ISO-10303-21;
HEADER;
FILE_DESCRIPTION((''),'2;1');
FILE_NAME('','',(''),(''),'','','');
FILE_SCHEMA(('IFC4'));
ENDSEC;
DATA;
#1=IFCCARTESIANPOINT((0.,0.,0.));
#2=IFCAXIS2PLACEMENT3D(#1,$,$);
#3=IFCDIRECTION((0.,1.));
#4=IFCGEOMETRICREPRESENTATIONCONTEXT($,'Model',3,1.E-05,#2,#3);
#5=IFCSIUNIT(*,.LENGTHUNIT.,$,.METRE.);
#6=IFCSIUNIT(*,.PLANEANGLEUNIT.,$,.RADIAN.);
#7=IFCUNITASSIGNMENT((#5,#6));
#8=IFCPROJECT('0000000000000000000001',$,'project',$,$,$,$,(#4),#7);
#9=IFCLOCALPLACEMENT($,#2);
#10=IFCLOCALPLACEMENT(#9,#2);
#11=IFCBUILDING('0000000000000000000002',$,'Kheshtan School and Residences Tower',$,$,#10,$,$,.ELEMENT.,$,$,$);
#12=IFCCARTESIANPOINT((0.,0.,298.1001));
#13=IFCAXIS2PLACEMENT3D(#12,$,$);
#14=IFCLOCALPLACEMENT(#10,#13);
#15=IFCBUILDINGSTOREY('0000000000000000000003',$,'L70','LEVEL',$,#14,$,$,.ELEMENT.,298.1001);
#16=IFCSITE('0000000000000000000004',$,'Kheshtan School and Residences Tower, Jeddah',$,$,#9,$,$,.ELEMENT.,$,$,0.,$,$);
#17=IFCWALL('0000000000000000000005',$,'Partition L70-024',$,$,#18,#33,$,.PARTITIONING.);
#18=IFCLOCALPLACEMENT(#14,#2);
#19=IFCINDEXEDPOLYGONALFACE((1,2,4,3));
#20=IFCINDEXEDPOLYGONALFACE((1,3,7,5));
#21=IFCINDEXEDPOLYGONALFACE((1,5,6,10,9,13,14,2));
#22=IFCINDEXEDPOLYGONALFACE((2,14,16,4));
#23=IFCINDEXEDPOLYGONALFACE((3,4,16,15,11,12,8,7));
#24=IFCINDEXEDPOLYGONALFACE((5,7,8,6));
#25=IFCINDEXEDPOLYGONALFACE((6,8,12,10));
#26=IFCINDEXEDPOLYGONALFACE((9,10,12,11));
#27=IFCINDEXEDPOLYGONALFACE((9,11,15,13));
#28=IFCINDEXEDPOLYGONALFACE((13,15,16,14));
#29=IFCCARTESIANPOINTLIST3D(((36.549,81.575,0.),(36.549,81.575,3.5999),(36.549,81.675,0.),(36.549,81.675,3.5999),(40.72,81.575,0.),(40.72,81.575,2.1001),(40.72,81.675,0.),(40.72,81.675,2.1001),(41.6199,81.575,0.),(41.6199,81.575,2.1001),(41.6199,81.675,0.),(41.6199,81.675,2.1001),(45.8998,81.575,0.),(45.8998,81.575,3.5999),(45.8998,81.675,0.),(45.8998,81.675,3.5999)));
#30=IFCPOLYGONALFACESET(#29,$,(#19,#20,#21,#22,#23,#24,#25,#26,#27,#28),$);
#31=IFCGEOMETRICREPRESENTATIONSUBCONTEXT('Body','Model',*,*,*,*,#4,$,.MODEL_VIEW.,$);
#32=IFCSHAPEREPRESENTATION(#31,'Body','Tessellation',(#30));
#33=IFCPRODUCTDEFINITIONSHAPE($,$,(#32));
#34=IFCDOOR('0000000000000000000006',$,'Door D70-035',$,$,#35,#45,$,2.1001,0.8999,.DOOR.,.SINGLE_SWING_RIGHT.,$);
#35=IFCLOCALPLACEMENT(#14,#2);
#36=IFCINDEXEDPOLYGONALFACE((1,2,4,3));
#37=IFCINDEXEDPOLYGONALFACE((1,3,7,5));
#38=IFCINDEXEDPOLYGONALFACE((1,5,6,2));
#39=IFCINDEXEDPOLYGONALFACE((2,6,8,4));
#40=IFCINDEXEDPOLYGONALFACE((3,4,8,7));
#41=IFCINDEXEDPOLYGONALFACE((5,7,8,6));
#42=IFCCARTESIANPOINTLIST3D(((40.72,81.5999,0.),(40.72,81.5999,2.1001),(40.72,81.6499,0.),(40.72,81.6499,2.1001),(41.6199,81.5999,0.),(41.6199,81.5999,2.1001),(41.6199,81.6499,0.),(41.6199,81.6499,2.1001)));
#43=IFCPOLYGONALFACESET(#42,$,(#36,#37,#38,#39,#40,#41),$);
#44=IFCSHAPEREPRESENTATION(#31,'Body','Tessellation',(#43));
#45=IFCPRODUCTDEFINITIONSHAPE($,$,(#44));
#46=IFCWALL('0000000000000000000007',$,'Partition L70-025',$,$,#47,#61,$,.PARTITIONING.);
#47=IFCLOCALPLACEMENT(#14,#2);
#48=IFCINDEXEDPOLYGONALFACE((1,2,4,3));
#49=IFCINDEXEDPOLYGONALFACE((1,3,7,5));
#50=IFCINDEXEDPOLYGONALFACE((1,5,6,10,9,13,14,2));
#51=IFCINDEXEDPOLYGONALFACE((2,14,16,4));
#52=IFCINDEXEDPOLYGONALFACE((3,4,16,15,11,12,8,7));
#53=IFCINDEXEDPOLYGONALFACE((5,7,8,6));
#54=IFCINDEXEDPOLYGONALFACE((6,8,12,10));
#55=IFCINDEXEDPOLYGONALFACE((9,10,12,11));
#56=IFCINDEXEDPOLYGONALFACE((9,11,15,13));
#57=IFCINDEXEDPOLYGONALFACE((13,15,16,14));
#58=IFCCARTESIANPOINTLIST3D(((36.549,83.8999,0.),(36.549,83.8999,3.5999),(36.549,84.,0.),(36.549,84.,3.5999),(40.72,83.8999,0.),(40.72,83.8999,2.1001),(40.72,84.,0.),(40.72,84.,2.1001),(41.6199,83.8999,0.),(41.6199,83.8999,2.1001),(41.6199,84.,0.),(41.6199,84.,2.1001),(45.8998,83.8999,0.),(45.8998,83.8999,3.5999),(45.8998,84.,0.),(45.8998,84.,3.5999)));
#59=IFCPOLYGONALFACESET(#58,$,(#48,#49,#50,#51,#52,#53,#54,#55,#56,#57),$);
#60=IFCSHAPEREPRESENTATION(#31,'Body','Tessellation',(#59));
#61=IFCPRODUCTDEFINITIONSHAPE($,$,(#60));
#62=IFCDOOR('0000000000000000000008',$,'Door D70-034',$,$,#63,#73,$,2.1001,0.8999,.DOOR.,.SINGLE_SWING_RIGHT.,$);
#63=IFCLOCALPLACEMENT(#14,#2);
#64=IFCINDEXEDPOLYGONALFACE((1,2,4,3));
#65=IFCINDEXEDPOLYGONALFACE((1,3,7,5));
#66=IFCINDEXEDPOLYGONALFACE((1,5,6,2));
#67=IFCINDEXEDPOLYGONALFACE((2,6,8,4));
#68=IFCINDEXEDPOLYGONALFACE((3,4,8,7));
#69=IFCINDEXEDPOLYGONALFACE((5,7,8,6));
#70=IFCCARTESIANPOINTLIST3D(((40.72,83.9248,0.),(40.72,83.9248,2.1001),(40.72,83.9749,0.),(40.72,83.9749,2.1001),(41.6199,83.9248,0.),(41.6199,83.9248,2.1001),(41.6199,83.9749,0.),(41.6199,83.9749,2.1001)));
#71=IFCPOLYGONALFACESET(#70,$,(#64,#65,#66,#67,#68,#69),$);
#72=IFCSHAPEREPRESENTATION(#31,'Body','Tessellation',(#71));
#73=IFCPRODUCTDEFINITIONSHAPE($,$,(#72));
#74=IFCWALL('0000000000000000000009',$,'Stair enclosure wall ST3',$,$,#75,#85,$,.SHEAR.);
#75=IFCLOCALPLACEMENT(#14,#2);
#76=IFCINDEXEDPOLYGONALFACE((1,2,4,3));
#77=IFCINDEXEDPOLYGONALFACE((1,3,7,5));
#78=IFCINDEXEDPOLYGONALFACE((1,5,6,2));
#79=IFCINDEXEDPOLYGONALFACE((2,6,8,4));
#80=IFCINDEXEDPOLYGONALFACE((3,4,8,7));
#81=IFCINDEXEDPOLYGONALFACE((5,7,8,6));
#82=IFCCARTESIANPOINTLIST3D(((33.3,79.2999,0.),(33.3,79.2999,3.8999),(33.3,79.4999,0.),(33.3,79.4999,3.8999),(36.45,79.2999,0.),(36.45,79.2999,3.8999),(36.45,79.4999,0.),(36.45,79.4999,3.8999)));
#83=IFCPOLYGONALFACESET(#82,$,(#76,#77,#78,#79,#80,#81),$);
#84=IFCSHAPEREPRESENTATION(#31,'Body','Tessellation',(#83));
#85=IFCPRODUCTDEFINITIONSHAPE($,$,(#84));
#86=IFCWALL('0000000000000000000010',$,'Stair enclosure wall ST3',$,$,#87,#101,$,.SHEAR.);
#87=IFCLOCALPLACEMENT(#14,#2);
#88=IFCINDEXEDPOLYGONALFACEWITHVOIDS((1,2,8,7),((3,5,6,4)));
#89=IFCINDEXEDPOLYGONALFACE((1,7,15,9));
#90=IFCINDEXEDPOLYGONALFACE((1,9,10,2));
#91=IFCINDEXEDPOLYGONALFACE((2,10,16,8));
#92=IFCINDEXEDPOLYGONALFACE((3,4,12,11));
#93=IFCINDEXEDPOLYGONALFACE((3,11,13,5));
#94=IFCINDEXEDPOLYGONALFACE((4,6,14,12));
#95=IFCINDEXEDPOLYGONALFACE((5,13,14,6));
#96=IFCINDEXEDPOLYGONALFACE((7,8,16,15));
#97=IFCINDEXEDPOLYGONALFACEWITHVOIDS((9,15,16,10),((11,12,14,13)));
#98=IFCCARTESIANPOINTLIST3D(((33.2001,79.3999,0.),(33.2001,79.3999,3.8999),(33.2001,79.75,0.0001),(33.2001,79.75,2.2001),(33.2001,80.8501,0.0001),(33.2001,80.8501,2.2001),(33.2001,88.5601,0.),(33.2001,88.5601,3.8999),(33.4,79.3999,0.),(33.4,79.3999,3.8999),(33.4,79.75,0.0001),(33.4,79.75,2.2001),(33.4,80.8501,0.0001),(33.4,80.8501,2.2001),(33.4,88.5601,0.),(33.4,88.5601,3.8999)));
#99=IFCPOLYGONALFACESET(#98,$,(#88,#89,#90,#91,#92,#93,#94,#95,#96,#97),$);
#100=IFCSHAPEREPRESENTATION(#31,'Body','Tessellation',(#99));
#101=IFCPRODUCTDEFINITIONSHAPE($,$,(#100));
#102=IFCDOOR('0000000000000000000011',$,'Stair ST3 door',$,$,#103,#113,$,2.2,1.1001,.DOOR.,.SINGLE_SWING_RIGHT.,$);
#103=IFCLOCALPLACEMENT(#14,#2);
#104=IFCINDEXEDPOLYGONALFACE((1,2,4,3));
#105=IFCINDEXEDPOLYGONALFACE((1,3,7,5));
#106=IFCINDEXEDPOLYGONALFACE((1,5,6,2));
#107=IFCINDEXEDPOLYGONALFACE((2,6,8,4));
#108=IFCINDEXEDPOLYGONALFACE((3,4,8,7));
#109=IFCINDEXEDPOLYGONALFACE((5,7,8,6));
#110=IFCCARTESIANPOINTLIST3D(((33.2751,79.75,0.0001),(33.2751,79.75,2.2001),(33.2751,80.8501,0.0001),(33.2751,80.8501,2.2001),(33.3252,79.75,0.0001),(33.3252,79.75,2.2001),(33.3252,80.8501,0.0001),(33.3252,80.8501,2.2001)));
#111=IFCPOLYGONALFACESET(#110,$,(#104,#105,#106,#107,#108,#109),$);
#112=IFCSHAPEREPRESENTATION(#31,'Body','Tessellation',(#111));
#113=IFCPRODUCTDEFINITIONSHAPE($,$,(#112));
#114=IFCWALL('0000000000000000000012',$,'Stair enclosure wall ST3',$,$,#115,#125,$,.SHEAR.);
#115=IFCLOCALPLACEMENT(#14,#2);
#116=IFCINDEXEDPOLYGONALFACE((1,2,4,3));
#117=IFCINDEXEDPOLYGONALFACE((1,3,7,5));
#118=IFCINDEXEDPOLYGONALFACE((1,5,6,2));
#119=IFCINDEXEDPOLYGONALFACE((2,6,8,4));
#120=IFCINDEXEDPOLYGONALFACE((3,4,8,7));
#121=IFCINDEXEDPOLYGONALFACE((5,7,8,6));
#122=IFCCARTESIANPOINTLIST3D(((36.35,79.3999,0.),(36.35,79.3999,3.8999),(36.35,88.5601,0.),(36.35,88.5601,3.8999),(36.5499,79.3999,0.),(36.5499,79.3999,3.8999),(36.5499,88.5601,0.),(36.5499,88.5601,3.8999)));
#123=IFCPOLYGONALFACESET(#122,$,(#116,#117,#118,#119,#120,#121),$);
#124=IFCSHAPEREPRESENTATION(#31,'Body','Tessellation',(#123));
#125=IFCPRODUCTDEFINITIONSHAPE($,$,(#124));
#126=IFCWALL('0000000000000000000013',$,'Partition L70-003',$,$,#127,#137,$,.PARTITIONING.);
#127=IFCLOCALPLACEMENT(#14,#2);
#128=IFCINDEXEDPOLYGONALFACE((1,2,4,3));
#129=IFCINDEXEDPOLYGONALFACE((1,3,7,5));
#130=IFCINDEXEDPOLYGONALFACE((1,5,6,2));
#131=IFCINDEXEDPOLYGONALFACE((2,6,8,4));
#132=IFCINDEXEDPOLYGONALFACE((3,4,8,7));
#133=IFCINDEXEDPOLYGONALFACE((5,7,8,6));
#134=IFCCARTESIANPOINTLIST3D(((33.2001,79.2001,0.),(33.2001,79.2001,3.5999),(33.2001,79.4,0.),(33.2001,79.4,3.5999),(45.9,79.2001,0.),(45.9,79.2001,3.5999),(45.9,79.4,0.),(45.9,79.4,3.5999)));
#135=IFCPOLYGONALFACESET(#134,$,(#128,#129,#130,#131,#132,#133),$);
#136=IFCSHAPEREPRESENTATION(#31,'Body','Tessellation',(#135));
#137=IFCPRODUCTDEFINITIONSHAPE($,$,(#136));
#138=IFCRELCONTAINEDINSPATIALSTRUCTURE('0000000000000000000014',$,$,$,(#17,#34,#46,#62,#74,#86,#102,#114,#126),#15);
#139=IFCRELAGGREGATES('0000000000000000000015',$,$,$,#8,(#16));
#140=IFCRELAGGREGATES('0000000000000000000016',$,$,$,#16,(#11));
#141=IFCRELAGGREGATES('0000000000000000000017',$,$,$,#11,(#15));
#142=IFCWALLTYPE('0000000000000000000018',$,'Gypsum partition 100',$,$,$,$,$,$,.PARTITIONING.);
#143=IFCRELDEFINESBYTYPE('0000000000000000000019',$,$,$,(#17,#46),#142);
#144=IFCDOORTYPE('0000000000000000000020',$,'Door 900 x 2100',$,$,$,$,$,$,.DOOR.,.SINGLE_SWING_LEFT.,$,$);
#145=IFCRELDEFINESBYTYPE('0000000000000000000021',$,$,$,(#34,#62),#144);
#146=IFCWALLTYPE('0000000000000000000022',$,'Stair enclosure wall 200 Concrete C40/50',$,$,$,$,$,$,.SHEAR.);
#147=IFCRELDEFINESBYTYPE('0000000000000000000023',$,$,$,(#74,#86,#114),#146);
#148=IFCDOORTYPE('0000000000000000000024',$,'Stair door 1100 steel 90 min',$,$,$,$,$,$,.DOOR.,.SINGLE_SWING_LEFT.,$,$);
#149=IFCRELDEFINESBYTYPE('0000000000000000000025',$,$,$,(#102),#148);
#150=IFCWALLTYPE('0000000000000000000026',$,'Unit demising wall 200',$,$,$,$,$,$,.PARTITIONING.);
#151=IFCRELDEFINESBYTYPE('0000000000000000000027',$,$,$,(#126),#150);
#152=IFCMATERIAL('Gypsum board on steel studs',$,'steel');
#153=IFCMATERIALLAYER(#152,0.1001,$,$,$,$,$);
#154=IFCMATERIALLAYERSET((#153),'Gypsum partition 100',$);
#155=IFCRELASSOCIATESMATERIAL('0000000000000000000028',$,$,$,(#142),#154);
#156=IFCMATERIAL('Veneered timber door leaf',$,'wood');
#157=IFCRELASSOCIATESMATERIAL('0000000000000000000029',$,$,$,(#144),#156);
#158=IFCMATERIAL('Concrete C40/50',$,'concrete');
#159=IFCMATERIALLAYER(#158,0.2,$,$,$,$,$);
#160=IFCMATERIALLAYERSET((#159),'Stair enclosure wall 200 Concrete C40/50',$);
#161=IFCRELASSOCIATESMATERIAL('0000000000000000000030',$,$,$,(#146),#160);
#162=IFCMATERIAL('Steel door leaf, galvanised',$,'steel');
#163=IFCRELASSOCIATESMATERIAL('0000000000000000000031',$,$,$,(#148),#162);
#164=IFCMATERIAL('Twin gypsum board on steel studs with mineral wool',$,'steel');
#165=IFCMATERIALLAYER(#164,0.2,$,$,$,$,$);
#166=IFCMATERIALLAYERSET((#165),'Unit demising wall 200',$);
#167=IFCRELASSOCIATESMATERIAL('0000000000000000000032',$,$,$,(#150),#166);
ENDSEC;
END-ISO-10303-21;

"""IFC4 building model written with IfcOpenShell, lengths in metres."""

from ifc_helpers import new_model, si_unit, direction, frame, frame_2d, origin, place, context, subcontext, project, spatial, rectangle, extrude, source, transform, mapped, material, layer, layer_set, type_object, element, fill, save


model = new_model("IFC4")

# Units and contexts
model_context = context("Model", 3, precision=1e-05, world=origin(), true_north=direction((0.0, 1.0)))
body_context = subcontext(model_context, "Body", "Model", "MODEL_VIEW")
ifc_project = project(units=[si_unit("LENGTHUNIT", "METRE"), si_unit("PLANEANGLEUNIT", "RADIAN")], contexts=[model_context])

# Site, building, storey
site_placement = place(None, origin())
site = spatial("IfcSite", under=ifc_project, at=site_placement, Name="Kheshtan School and Residences Tower, Jeddah", CompositionType="ELEMENT", RefElevation=0.0)
building_placement = place(site_placement, origin())
building = spatial("IfcBuilding", under=site, at=building_placement, Name="Kheshtan School and Residences Tower", CompositionType="ELEMENT")
storey_placement = place(building_placement, frame((0.0, 0.0, 298.1001)))
storey = spatial("IfcBuildingStorey", under=building, at=storey_placement, Name="L70", Description="LEVEL", CompositionType="ELEMENT", Elevation=298.1001)

# Walls, openings, doors
ifc_material_1 = material(Name="Gypsum board on steel studs", Category="steel")
ifc_layer_1 = layer(ifc_material_1, 0.1001)
ifc_layer_set_1 = layer_set([ifc_layer_1], Name="Gypsum partition 100")
wall_type_1 = type_object("IfcWallType", Name="Gypsum partition 100", PredefinedType="PARTITIONING", material=ifc_layer_set_1)
wall_1_placement = place(storey_placement, frame((36.5491, 81.625, 0.0), z_axis=(0.0, 0.0, 1.0), x_axis=(1.0, 0.0, 0.0)))
wall_1 = element("IfcWall", 1, at=wall_1_placement, inside=storey, type_object=wall_type_1, Name="Partition L70-024", PredefinedType="PARTITIONING", context=body_context, shape_type="SweptSolid", body=[
    extrude(rectangle(XDim=9.3508, YDim=0.1001, at=frame_2d((4.6753, 0.0))), origin(), (0.0, 0.0, 1.0), 3.5999),
])
opening_1_placement = place(wall_1_placement, frame((4.1709, 0.0, 0.0)))
opening_1 = element("IfcOpeningElement", 2, at=opening_1_placement, cuts=wall_1, PredefinedType="OPENING", context=body_context, shape_type="SweptSolid", body=[
    extrude(rectangle(XDim=0.8999, YDim=2.1001, at=frame_2d((0.45, 1.05))), frame((0.0, 0.0601, 0.0), z_axis=(0.0, -1.0, 0.0), x_axis=(1.0, 0.0, 0.0)), (0.0, 0.0, 1.0), 0.1201),
])
ifc_material_2 = material(Name="Veneered timber door leaf", Category="wood")
door_type_1 = type_object("IfcDoorType", Name="Door 900 x 2100", OperationType="SINGLE_SWING_LEFT", PredefinedType="DOOR", material=ifc_material_2)
shared_shape_1 = source(origin(), body_context, "Body", "SweptSolid", [
    extrude(rectangle(XDim=0.8999, YDim=2.1001, at=frame_2d((0.45, 1.05))), frame((0.0, 0.0249, 0.0), z_axis=(0.0, -1.0, 0.0), x_axis=(1.0, 0.0, 0.0)), (0.0, 0.0, 1.0), 0.05),
])
door_1_placement = place(opening_1_placement, origin())
door_1 = element("IfcDoor", 3, at=door_1_placement, inside=storey, type_object=door_type_1, Name="Door D70-035", OperationType="SINGLE_SWING_RIGHT", OverallHeight=2.1001, OverallWidth=0.8999, PredefinedType="DOOR", context=body_context, shape_type="MappedRepresentation", body=[
    mapped(shared_shape_1, transform((0.0, 0.0, 0.0), x_axis=(1.0, 0.0, 0.0), y_axis=(0.0, 1.0, 0.0), z_axis=(0.0, 0.0, 1.0), scale=1.0)),
])
fill(opening_1, door_1)
wall_2_placement = place(storey_placement, frame((36.5491, 83.95, 0.0), z_axis=(0.0, 0.0, 1.0), x_axis=(1.0, 0.0, 0.0)))
wall_2 = element("IfcWall", 4, at=wall_2_placement, inside=storey, type_object=wall_type_1, Name="Partition L70-025", PredefinedType="PARTITIONING", context=body_context, shape_type="SweptSolid", body=[
    extrude(rectangle(XDim=9.3508, YDim=0.1001, at=frame_2d((4.6753, 0.0))), origin(), (0.0, 0.0, 1.0), 3.5999),
])
opening_2_placement = place(wall_2_placement, frame((4.1709, 0.0, 0.0)))
opening_2 = element("IfcOpeningElement", 5, at=opening_2_placement, cuts=wall_2, PredefinedType="OPENING", context=body_context, shape_type="SweptSolid", body=[
    extrude(rectangle(XDim=0.8999, YDim=2.1001, at=frame_2d((0.45, 1.05))), frame((0.0, 0.0601, 0.0), z_axis=(0.0, -1.0, 0.0), x_axis=(1.0, 0.0, 0.0)), (0.0, 0.0, 1.0), 0.1201),
])
door_2_placement = place(opening_2_placement, origin())
door_2 = element("IfcDoor", 6, at=door_2_placement, inside=storey, type_object=door_type_1, Name="Door D70-034", OperationType="SINGLE_SWING_RIGHT", OverallHeight=2.1001, OverallWidth=0.8999, PredefinedType="DOOR", context=body_context, shape_type="MappedRepresentation", body=[
    mapped(shared_shape_1, transform((0.0, 0.0, 0.0), x_axis=(1.0, 0.0, 0.0), y_axis=(0.0, 1.0, 0.0), z_axis=(0.0, 0.0, 1.0), scale=1.0)),
])
fill(opening_2, door_2)

# Wall
ifc_material_3 = material(Name="Concrete C40/50", Category="concrete")
ifc_layer_2 = layer(ifc_material_3, 0.2)
ifc_layer_set_2 = layer_set([ifc_layer_2], Name="Stair enclosure wall 200 Concrete C40/50")
wall_type_2 = type_object("IfcWallType", Name="Stair enclosure wall 200 Concrete C40/50", PredefinedType="SHEAR", material=ifc_layer_set_2)
wall_3_placement = place(storey_placement, frame((33.3, 79.3999, 0.0), z_axis=(0.0, 0.0, 1.0), x_axis=(1.0, 0.0, 0.0)))
element("IfcWall", 7, at=wall_3_placement, inside=storey, type_object=wall_type_2, Name="Stair enclosure wall ST3", PredefinedType="SHEAR", context=body_context, shape_type="SweptSolid", body=[
    extrude(rectangle(XDim=3.1499, YDim=0.2, at=frame_2d((1.575, 0.0))), origin(), (0.0, 0.0, 1.0), 3.8999),
])

# Wall, opening, door
wall_4_placement = place(storey_placement, frame((33.3, 79.3999, 0.0), z_axis=(0.0, 0.0, 1.0), x_axis=(0.0, 1.0, 0.0)))
wall_4 = element("IfcWall", 8, at=wall_4_placement, inside=storey, type_object=wall_type_2, Name="Stair enclosure wall ST3", PredefinedType="SHEAR", context=body_context, shape_type="SweptSolid", body=[
    extrude(rectangle(XDim=9.1602, YDim=0.2, at=frame_2d((4.5801, 0.0))), origin(), (0.0, 0.0, 1.0), 3.8999),
])
opening_3_placement = place(wall_4_placement, frame((0.3501, 0.0, 0.0)))
opening_3 = element("IfcOpeningElement", 9, at=opening_3_placement, cuts=wall_4, PredefinedType="OPENING", context=body_context, shape_type="SweptSolid", body=[
    extrude(rectangle(XDim=1.1001, YDim=2.2, at=frame_2d((0.55, 1.1001))), frame((0.0, 0.1099, 0.0), z_axis=(0.0, -1.0, 0.0), x_axis=(1.0, 0.0, 0.0)), (0.0, 0.0, 1.0), 0.22),
])
ifc_material_4 = material(Name="Steel door leaf, galvanised", Category="steel")
door_type_2 = type_object("IfcDoorType", Name="Stair door 1100 steel 90 min", OperationType="SINGLE_SWING_LEFT", PredefinedType="DOOR", material=ifc_material_4)
shared_shape_2 = source(origin(), body_context, "Body", "SweptSolid", [
    extrude(rectangle(XDim=1.1001, YDim=2.2, at=frame_2d((0.55, 1.1001))), frame((0.0, 0.0249, 0.0), z_axis=(0.0, -1.0, 0.0), x_axis=(1.0, 0.0, 0.0)), (0.0, 0.0, 1.0), 0.05),
])
door_3_placement = place(opening_3_placement, origin())
door_3 = element("IfcDoor", 10, at=door_3_placement, inside=storey, type_object=door_type_2, Name="Stair ST3 door", OperationType="SINGLE_SWING_RIGHT", OverallHeight=2.2, OverallWidth=1.1001, PredefinedType="DOOR", context=body_context, shape_type="MappedRepresentation", body=[
    mapped(shared_shape_2, transform((0.0, 0.0, 0.0), x_axis=(1.0, 0.0, 0.0), y_axis=(0.0, 1.0, 0.0), z_axis=(0.0, 0.0, 1.0), scale=1.0)),
])
fill(opening_3, door_3)

# Walls
wall_5_placement = place(storey_placement, frame((36.45, 79.3999, 0.0), z_axis=(0.0, 0.0, 1.0), x_axis=(0.0, 1.0, 0.0)))
element("IfcWall", 11, at=wall_5_placement, inside=storey, type_object=wall_type_2, Name="Stair enclosure wall ST3", PredefinedType="SHEAR", context=body_context, shape_type="SweptSolid", body=[
    extrude(rectangle(XDim=9.1602, YDim=0.2, at=frame_2d((4.5801, 0.0))), origin(), (0.0, 0.0, 1.0), 3.8999),
])
ifc_material_5 = material(Name="Twin gypsum board on steel studs with mineral wool", Category="steel")
ifc_layer_3 = layer(ifc_material_5, 0.2)
ifc_layer_set_3 = layer_set([ifc_layer_3], Name="Unit demising wall 200")
wall_type_3 = type_object("IfcWallType", Name="Unit demising wall 200", PredefinedType="PARTITIONING", material=ifc_layer_set_3)
wall_6_placement = place(storey_placement, frame((33.2, 79.3, 0.0), z_axis=(0.0, 0.0, 1.0), x_axis=(1.0, 0.0, 0.0)))
element("IfcWall", 12, at=wall_6_placement, inside=storey, type_object=wall_type_3, Name="Partition L70-003", PredefinedType="PARTITIONING", context=body_context, shape_type="SweptSolid", body=[
    extrude(rectangle(XDim=12.7, YDim=0.2, at=frame_2d((6.3501, 0.0))), origin(), (0.0, 0.0, 1.0), 3.5999),
])

save(model, "model.ifc")
